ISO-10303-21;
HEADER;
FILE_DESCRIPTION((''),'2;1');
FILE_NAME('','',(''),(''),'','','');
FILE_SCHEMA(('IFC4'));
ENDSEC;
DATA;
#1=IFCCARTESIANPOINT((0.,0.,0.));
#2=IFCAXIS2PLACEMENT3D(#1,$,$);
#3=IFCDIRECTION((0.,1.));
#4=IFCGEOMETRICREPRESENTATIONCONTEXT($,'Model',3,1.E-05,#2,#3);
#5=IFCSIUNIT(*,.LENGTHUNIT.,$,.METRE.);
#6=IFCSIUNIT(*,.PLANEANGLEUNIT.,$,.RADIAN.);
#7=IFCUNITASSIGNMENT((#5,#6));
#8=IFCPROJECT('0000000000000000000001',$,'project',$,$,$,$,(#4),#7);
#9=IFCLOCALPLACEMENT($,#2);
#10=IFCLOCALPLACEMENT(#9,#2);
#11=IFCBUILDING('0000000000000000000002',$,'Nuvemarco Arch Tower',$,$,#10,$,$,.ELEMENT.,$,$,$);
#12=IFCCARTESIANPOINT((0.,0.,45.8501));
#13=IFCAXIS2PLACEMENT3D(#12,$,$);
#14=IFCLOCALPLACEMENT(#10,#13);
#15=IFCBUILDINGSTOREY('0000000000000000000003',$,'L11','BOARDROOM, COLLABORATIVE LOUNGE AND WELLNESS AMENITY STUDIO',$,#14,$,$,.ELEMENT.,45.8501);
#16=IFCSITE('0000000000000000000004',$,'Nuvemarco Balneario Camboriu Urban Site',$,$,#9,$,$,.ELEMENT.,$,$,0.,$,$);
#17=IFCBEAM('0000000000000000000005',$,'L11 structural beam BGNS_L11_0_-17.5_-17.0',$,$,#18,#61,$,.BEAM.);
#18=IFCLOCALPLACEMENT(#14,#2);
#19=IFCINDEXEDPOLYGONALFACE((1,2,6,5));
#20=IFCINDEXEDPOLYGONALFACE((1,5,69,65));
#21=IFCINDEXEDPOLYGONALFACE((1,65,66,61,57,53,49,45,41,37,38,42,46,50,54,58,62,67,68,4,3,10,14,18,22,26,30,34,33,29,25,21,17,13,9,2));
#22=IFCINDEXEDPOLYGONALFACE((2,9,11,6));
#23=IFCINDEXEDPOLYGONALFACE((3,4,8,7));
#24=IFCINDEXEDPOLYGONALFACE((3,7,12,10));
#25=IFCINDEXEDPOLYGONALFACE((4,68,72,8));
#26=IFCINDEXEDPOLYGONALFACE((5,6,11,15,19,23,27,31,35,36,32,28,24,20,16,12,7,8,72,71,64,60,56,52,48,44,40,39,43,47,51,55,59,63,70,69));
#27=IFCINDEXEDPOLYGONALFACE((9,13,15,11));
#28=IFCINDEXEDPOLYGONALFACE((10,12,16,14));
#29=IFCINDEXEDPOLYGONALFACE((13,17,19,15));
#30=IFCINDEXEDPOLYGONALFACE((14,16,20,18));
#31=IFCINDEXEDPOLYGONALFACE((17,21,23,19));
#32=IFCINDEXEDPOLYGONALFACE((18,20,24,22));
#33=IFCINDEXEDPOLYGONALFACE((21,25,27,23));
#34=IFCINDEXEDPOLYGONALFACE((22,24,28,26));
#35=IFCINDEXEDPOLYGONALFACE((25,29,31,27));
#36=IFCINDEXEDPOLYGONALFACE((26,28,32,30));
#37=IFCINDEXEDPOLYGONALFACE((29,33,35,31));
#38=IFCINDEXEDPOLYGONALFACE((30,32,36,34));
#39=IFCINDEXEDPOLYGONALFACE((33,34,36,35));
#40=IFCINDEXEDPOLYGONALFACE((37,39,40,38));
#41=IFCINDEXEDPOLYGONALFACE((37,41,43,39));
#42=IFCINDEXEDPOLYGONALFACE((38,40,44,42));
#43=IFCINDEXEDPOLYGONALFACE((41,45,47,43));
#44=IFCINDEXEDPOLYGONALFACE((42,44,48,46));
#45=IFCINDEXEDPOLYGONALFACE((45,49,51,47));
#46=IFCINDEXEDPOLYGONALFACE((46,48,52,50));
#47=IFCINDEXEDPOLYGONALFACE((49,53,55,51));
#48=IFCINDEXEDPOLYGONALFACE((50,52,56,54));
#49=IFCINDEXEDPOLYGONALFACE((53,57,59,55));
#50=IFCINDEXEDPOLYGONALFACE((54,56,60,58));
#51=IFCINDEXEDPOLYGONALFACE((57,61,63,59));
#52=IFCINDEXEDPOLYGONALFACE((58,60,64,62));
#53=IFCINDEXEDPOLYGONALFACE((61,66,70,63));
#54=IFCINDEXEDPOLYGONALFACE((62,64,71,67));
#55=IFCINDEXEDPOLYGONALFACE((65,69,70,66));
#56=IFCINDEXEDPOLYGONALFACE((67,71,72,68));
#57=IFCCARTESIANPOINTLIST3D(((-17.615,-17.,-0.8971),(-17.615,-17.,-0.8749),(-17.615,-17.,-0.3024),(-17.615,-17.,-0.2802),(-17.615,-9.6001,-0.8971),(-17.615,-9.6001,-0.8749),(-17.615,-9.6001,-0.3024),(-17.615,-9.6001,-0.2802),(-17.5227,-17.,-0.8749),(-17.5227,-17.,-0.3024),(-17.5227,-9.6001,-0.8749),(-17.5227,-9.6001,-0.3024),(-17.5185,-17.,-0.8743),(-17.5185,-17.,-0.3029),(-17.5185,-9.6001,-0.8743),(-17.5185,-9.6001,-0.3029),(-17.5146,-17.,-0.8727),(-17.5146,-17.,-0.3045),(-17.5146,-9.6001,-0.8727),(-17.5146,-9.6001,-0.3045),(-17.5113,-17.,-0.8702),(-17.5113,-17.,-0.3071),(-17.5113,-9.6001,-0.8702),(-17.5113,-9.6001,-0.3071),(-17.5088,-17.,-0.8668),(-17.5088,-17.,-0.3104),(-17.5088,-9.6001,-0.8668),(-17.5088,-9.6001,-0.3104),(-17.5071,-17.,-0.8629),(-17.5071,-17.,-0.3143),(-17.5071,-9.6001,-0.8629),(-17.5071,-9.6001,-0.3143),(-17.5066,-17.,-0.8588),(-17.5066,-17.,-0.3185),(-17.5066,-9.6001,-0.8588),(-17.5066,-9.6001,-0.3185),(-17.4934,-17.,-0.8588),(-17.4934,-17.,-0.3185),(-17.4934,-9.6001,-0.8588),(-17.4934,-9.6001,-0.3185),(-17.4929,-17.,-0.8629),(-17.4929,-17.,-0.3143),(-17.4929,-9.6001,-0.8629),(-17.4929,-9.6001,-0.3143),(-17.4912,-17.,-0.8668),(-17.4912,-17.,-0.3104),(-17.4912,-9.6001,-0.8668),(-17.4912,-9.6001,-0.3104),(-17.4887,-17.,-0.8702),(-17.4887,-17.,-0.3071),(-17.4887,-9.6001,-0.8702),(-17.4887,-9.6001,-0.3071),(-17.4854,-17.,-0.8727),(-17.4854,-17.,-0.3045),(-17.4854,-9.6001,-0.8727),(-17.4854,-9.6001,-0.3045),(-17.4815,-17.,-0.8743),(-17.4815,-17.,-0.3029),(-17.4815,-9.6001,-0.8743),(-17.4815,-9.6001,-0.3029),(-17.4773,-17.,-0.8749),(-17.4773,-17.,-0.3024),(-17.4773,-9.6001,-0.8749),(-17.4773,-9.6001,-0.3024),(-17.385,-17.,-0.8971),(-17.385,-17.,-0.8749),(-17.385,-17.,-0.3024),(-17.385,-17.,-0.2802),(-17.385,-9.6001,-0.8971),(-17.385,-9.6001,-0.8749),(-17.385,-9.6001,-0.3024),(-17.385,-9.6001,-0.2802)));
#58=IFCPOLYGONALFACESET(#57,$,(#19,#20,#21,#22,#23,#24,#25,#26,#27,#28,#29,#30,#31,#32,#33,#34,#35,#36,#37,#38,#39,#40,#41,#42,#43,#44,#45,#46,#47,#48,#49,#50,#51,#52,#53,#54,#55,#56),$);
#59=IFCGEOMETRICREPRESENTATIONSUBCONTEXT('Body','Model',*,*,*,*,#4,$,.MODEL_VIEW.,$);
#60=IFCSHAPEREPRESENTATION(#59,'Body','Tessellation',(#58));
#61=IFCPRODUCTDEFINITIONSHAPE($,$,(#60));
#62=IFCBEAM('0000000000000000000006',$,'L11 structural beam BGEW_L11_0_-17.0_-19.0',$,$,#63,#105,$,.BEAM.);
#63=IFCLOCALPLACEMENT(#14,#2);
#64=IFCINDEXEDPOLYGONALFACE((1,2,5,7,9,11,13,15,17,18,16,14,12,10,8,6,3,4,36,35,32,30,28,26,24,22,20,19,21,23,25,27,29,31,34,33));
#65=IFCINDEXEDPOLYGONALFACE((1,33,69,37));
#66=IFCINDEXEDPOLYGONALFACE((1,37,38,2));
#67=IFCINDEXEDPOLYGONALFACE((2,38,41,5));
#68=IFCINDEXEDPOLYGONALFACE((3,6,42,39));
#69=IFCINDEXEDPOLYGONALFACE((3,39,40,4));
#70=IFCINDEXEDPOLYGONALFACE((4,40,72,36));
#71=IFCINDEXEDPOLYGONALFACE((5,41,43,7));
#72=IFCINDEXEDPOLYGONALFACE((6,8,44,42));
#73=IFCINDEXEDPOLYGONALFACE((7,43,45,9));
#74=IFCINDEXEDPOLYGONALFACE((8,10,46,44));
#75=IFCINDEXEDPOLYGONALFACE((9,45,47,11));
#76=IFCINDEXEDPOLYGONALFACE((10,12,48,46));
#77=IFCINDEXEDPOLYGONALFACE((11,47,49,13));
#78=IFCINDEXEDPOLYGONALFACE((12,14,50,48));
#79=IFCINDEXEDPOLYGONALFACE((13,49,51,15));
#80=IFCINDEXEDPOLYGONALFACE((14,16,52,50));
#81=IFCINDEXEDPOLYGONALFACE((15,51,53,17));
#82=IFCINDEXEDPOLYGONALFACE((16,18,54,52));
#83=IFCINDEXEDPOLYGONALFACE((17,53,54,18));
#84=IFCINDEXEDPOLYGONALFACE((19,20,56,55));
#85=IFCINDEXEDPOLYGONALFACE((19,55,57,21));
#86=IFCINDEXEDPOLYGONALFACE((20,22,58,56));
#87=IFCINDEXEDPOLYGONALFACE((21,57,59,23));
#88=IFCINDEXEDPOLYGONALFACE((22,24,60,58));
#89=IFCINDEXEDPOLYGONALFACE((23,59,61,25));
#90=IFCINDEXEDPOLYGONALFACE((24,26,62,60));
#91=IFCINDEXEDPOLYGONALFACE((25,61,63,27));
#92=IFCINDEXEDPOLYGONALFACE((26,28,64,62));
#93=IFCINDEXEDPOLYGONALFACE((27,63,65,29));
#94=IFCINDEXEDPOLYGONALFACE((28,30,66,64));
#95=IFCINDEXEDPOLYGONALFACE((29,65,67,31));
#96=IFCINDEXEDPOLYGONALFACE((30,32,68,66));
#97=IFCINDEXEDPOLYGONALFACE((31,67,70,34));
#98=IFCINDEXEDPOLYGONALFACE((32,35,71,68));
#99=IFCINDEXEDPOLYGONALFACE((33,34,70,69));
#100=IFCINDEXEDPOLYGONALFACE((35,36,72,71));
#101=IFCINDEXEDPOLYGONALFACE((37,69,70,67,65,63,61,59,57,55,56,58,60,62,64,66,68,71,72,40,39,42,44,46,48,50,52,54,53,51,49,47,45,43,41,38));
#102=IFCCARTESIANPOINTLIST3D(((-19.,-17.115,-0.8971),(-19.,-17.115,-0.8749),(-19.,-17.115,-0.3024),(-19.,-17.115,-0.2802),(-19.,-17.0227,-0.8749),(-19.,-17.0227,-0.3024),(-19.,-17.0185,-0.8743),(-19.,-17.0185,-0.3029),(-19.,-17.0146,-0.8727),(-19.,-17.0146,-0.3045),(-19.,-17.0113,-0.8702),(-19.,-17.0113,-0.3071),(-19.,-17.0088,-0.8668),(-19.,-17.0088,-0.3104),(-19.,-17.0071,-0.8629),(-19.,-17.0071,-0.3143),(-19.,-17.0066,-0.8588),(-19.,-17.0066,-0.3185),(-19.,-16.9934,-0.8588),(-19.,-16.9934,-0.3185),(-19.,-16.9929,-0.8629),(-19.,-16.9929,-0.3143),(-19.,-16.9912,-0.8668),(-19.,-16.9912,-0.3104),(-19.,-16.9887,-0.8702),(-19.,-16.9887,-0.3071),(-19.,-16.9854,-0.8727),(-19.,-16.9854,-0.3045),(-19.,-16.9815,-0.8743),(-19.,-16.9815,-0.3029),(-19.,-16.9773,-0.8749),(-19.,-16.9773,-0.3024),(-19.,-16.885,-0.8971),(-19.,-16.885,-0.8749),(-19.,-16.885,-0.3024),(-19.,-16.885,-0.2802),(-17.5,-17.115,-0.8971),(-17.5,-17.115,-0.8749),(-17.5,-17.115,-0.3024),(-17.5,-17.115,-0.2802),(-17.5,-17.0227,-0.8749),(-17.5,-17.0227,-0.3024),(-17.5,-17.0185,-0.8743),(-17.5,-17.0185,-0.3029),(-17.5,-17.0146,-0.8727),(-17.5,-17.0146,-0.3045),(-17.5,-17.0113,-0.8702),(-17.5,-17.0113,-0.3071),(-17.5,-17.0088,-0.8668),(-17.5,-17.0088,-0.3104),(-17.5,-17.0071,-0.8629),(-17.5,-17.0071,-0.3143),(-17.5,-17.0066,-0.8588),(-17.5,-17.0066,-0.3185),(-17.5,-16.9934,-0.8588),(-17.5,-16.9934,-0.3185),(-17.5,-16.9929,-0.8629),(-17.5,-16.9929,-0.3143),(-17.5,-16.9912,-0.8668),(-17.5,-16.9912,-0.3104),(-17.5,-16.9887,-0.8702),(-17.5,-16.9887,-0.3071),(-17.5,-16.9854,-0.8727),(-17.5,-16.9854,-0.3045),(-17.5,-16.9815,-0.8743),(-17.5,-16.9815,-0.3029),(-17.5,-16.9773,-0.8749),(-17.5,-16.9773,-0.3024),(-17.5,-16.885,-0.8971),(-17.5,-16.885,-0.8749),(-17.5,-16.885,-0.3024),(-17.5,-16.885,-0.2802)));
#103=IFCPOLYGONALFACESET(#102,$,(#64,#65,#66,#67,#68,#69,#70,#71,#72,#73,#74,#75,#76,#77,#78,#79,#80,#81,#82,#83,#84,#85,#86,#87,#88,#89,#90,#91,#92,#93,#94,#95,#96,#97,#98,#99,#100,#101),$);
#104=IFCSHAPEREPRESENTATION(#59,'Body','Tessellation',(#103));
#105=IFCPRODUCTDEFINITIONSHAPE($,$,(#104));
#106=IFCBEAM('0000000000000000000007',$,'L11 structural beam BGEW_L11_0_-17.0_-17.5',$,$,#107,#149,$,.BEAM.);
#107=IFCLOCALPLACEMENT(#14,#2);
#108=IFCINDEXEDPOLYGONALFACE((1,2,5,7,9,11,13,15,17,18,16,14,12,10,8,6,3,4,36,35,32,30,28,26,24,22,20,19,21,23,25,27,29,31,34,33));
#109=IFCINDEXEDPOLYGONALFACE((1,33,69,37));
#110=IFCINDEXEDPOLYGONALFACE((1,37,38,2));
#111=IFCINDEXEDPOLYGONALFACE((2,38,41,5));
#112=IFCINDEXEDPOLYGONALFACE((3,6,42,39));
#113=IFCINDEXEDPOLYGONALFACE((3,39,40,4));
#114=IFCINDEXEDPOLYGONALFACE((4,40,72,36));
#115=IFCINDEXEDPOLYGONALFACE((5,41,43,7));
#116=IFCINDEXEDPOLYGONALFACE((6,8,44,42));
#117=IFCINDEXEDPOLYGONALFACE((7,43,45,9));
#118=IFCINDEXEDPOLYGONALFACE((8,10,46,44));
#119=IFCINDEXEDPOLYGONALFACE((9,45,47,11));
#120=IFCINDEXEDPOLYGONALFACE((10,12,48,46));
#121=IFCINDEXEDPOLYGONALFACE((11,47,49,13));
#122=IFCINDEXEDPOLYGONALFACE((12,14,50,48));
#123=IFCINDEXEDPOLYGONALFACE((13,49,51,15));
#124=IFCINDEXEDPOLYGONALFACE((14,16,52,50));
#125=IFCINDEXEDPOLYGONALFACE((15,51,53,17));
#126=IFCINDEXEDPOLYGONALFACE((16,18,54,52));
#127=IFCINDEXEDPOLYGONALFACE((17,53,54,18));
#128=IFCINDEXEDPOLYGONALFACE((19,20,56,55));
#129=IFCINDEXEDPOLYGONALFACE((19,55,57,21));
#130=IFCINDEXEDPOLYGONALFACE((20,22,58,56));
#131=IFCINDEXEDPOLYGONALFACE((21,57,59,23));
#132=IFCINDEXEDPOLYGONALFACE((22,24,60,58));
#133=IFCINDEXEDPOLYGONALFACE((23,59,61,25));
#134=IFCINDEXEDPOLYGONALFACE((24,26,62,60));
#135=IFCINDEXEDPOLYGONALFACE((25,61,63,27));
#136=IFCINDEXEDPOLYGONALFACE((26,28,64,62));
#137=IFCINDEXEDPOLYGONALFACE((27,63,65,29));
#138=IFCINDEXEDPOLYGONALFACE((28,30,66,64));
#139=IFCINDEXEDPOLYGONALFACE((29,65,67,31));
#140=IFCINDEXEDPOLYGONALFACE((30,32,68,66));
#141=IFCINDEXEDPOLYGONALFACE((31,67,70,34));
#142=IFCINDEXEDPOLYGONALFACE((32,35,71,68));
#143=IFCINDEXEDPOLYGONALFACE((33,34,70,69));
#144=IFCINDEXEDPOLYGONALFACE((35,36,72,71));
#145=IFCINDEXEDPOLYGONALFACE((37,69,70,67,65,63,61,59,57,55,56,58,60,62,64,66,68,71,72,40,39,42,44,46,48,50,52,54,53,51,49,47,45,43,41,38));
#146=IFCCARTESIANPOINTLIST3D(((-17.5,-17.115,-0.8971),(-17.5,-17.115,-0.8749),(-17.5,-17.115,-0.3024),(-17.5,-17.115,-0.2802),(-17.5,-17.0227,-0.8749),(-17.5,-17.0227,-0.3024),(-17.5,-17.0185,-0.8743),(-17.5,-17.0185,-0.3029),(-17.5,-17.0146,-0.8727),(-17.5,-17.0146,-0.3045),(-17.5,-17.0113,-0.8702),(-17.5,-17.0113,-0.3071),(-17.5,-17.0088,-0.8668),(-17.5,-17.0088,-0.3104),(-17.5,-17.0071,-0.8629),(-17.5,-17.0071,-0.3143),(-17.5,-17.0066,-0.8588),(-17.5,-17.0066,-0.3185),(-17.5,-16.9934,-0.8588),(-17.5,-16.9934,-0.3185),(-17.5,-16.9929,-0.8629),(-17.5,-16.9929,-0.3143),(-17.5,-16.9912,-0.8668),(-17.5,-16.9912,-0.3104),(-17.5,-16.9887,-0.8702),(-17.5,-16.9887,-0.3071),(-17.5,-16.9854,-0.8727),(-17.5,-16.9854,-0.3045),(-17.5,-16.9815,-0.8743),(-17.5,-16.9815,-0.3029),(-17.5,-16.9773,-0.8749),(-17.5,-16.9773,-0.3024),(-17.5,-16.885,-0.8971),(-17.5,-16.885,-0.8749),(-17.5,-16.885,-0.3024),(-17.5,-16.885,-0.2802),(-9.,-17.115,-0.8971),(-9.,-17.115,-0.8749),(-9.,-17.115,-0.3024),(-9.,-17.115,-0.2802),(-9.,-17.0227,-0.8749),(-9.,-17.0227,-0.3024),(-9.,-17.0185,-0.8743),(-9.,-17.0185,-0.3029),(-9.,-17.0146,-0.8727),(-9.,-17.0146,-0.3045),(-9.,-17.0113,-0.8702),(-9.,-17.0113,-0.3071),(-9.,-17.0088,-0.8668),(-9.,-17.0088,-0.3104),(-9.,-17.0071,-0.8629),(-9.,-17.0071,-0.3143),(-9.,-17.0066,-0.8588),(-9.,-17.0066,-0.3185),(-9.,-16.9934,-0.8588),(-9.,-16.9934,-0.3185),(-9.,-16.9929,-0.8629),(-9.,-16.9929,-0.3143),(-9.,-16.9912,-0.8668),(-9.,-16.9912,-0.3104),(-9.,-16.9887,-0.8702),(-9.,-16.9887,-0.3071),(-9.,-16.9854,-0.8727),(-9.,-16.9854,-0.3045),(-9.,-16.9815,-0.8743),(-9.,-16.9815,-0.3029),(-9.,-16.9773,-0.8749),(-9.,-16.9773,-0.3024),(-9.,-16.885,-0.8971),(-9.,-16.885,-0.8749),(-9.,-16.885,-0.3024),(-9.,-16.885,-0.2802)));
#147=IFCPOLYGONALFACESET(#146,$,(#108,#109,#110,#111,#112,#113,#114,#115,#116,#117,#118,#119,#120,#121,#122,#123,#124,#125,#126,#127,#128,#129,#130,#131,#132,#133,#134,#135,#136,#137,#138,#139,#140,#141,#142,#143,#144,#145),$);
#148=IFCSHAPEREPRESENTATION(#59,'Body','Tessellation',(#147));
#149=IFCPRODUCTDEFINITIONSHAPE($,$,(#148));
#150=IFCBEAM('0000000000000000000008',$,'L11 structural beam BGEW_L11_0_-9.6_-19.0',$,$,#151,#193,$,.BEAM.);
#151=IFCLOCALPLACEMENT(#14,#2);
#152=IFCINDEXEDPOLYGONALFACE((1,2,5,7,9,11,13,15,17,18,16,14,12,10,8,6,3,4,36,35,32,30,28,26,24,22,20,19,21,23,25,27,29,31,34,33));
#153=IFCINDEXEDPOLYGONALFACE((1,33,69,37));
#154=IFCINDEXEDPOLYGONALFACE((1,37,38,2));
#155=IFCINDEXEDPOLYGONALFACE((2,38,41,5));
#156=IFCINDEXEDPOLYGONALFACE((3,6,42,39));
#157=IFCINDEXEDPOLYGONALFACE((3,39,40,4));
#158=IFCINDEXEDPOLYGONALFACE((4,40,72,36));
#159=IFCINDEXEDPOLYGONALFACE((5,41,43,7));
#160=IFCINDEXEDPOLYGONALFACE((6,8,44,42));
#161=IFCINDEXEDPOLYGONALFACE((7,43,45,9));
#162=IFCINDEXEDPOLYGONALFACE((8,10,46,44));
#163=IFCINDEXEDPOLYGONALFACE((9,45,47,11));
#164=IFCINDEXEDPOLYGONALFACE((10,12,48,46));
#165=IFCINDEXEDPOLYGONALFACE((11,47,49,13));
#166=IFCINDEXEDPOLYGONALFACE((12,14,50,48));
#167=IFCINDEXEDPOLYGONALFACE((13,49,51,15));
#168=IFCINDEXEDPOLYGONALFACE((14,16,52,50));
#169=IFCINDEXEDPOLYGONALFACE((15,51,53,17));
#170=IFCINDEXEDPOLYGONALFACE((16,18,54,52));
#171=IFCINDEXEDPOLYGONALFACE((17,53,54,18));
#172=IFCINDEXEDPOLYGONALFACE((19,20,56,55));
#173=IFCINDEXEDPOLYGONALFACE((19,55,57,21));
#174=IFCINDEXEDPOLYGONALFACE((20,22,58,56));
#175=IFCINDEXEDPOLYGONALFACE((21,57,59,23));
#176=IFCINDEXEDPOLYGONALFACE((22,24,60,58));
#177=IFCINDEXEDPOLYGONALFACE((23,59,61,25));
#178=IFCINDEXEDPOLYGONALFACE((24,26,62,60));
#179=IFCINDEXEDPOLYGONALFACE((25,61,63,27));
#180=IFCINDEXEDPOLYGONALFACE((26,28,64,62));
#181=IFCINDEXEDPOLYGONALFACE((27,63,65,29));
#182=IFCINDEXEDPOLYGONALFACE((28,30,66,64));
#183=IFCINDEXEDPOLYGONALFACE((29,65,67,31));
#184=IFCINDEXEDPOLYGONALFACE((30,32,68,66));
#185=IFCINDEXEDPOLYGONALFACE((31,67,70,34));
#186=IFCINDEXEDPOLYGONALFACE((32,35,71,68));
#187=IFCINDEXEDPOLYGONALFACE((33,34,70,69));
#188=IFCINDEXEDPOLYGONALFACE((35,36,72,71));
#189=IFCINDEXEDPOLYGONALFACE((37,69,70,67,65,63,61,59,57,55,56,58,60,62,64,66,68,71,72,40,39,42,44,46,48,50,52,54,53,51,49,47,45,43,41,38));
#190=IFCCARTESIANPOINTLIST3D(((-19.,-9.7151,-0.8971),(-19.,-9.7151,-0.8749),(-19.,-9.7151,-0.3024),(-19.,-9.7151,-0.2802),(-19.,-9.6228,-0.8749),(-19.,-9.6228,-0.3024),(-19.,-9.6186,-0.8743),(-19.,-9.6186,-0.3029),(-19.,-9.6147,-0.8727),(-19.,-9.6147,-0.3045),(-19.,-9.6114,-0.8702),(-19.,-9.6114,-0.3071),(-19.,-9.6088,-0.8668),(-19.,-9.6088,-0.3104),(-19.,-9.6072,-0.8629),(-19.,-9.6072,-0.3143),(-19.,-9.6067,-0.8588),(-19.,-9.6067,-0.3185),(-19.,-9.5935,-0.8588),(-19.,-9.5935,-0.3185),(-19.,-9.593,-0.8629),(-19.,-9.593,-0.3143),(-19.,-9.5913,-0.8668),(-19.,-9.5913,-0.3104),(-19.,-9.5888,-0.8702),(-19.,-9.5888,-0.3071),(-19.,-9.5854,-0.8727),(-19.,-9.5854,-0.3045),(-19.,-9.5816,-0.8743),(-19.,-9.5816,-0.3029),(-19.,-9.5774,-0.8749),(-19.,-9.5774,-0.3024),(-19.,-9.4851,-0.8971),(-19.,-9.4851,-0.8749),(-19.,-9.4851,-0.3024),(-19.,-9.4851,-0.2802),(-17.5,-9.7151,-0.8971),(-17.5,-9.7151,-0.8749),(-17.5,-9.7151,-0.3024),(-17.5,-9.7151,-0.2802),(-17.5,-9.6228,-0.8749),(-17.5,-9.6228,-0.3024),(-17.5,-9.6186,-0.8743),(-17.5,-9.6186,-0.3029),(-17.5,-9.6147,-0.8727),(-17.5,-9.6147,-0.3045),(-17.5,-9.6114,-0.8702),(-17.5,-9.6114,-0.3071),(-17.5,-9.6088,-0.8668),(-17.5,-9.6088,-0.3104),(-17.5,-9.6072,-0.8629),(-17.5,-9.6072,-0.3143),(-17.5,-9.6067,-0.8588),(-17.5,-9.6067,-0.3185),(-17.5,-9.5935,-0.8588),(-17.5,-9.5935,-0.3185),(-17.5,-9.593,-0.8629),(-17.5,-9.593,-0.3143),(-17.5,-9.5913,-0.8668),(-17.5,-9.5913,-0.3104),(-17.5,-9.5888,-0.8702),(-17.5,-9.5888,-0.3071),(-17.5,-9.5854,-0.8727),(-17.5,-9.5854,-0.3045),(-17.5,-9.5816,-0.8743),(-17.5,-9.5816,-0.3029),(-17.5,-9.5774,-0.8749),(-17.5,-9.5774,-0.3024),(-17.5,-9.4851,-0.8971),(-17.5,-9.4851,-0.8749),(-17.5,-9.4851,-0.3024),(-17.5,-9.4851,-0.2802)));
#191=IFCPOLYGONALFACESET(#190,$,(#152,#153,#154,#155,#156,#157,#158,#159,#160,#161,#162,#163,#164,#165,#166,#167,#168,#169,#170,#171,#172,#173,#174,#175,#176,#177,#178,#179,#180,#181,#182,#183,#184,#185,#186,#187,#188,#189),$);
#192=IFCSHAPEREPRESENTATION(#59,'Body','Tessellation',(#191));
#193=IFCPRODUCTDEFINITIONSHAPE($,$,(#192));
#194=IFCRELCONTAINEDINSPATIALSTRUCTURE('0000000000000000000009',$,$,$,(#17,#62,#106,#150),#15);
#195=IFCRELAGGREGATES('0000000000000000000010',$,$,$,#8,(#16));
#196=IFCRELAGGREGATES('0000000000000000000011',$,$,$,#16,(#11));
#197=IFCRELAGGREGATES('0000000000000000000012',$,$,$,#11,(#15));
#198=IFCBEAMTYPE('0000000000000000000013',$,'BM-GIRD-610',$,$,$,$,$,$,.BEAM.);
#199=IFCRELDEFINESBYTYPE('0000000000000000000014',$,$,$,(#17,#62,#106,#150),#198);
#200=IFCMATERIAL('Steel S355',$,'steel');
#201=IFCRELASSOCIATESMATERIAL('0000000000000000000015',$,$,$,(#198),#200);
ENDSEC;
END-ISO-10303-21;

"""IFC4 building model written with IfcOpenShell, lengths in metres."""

from ifc_helpers import new_model, si_unit, direction, frame, origin, origin_2d, place, context, subcontext, project, spatial, i_section, extrude, material, material_profile, profile_set, type_object, element, save


model = new_model("IFC4")

# Units and contexts
model_context = context("Model", 3, precision=1e-05, world=origin(), true_north=direction((0.0, 1.0)))
body_context = subcontext(model_context, "Body", "Model", "MODEL_VIEW")
ifc_project = project(units=[si_unit("LENGTHUNIT", "METRE"), si_unit("PLANEANGLEUNIT", "RADIAN")], contexts=[model_context])

# Site, building, storey
site_placement = place(None, origin())
site = spatial("IfcSite", under=ifc_project, at=site_placement, Name="Nuvemarco Balneario Camboriu Urban Site", CompositionType="ELEMENT", RefElevation=0.0)
building_placement = place(site_placement, origin())
building = spatial("IfcBuilding", under=site, at=building_placement, Name="Nuvemarco Arch Tower", CompositionType="ELEMENT")
storey_placement = place(building_placement, frame((0.0, 0.0, 45.8501)))
storey = spatial("IfcBuildingStorey", under=building, at=storey_placement, Name="L11", Description="BOARDROOM, COLLABORATIVE LOUNGE AND WELLNESS AMENITY STUDIO", CompositionType="ELEMENT", Elevation=45.8501)

# Shared definitions
ifc_material_1 = material(Name="Steel S355", Category="steel")

# Beams
ifc_material_profile_1 = material_profile(ifc_material_1, i_section(OverallWidth=0.23, OverallDepth=0.6169, WebThickness=0.0132, FlangeThickness=0.0222, FilletRadius=0.0161, at=origin_2d()), Name="W610x140")
ifc_profile_set_1 = profile_set([ifc_material_profile_1], Name="Steel S355")
beam_type_1 = type_object("IfcBeamType", Name="BM-GIRD-610", PredefinedType="BEAM", material=ifc_profile_set_1)
beam_1_placement = place(storey_placement, frame((-17.5, -17.0, -0.5886), z_axis=(0.0, 1.0, 0.0), x_axis=(-1.0, 0.0, 0.0)))
element("IfcBeam", 1, at=beam_1_placement, inside=storey, type_object=beam_type_1, Name="L11 structural beam BGNS_L11_0_-17.5_-17.0", PredefinedType="BEAM", context=body_context, shape_type="SweptSolid", body=[
    extrude(i_section(OverallWidth=0.23, OverallDepth=0.6169, WebThickness=0.0132, FlangeThickness=0.0222, FilletRadius=0.0161, at=origin_2d()), origin(), (0.0, 0.0, 1.0), 7.3999),
])
beam_2_placement = place(storey_placement, frame((-19.0, -17.0, -0.5886), z_axis=(1.0, 0.0, 0.0), x_axis=(0.0, 1.0, 0.0)))
element("IfcBeam", 2, at=beam_2_placement, inside=storey, type_object=beam_type_1, Name="L11 structural beam BGEW_L11_0_-17.0_-19.0", PredefinedType="BEAM", context=body_context, shape_type="SweptSolid", body=[
    extrude(i_section(OverallWidth=0.23, OverallDepth=0.6169, WebThickness=0.0132, FlangeThickness=0.0222, FilletRadius=0.0161, at=origin_2d()), origin(), (0.0, 0.0, 1.0), 1.5),
])
beam_3_placement = place(storey_placement, frame((-17.5, -17.0, -0.5886), z_axis=(1.0, 0.0, 0.0), x_axis=(0.0, 1.0, 0.0)))
element("IfcBeam", 3, at=beam_3_placement, inside=storey, type_object=beam_type_1, Name="L11 structural beam BGEW_L11_0_-17.0_-17.5", PredefinedType="BEAM", context=body_context, shape_type="SweptSolid", body=[
    extrude(i_section(OverallWidth=0.23, OverallDepth=0.6169, WebThickness=0.0132, FlangeThickness=0.0222, FilletRadius=0.0161, at=origin_2d()), origin(), (0.0, 0.0, 1.0), 8.5),
])
beam_4_placement = place(storey_placement, frame((-19.0, -9.6001, -0.5886), z_axis=(1.0, 0.0, 0.0), x_axis=(0.0, 1.0, 0.0)))
element("IfcBeam", 4, at=beam_4_placement, inside=storey, type_object=beam_type_1, Name="L11 structural beam BGEW_L11_0_-9.6_-19.0", PredefinedType="BEAM", context=body_context, shape_type="SweptSolid", body=[
    extrude(i_section(OverallWidth=0.23, OverallDepth=0.6169, WebThickness=0.0132, FlangeThickness=0.0222, FilletRadius=0.0161, at=origin_2d()), origin(), (0.0, 0.0, 1.0), 1.5),
])

save(model, "model.ifc")
